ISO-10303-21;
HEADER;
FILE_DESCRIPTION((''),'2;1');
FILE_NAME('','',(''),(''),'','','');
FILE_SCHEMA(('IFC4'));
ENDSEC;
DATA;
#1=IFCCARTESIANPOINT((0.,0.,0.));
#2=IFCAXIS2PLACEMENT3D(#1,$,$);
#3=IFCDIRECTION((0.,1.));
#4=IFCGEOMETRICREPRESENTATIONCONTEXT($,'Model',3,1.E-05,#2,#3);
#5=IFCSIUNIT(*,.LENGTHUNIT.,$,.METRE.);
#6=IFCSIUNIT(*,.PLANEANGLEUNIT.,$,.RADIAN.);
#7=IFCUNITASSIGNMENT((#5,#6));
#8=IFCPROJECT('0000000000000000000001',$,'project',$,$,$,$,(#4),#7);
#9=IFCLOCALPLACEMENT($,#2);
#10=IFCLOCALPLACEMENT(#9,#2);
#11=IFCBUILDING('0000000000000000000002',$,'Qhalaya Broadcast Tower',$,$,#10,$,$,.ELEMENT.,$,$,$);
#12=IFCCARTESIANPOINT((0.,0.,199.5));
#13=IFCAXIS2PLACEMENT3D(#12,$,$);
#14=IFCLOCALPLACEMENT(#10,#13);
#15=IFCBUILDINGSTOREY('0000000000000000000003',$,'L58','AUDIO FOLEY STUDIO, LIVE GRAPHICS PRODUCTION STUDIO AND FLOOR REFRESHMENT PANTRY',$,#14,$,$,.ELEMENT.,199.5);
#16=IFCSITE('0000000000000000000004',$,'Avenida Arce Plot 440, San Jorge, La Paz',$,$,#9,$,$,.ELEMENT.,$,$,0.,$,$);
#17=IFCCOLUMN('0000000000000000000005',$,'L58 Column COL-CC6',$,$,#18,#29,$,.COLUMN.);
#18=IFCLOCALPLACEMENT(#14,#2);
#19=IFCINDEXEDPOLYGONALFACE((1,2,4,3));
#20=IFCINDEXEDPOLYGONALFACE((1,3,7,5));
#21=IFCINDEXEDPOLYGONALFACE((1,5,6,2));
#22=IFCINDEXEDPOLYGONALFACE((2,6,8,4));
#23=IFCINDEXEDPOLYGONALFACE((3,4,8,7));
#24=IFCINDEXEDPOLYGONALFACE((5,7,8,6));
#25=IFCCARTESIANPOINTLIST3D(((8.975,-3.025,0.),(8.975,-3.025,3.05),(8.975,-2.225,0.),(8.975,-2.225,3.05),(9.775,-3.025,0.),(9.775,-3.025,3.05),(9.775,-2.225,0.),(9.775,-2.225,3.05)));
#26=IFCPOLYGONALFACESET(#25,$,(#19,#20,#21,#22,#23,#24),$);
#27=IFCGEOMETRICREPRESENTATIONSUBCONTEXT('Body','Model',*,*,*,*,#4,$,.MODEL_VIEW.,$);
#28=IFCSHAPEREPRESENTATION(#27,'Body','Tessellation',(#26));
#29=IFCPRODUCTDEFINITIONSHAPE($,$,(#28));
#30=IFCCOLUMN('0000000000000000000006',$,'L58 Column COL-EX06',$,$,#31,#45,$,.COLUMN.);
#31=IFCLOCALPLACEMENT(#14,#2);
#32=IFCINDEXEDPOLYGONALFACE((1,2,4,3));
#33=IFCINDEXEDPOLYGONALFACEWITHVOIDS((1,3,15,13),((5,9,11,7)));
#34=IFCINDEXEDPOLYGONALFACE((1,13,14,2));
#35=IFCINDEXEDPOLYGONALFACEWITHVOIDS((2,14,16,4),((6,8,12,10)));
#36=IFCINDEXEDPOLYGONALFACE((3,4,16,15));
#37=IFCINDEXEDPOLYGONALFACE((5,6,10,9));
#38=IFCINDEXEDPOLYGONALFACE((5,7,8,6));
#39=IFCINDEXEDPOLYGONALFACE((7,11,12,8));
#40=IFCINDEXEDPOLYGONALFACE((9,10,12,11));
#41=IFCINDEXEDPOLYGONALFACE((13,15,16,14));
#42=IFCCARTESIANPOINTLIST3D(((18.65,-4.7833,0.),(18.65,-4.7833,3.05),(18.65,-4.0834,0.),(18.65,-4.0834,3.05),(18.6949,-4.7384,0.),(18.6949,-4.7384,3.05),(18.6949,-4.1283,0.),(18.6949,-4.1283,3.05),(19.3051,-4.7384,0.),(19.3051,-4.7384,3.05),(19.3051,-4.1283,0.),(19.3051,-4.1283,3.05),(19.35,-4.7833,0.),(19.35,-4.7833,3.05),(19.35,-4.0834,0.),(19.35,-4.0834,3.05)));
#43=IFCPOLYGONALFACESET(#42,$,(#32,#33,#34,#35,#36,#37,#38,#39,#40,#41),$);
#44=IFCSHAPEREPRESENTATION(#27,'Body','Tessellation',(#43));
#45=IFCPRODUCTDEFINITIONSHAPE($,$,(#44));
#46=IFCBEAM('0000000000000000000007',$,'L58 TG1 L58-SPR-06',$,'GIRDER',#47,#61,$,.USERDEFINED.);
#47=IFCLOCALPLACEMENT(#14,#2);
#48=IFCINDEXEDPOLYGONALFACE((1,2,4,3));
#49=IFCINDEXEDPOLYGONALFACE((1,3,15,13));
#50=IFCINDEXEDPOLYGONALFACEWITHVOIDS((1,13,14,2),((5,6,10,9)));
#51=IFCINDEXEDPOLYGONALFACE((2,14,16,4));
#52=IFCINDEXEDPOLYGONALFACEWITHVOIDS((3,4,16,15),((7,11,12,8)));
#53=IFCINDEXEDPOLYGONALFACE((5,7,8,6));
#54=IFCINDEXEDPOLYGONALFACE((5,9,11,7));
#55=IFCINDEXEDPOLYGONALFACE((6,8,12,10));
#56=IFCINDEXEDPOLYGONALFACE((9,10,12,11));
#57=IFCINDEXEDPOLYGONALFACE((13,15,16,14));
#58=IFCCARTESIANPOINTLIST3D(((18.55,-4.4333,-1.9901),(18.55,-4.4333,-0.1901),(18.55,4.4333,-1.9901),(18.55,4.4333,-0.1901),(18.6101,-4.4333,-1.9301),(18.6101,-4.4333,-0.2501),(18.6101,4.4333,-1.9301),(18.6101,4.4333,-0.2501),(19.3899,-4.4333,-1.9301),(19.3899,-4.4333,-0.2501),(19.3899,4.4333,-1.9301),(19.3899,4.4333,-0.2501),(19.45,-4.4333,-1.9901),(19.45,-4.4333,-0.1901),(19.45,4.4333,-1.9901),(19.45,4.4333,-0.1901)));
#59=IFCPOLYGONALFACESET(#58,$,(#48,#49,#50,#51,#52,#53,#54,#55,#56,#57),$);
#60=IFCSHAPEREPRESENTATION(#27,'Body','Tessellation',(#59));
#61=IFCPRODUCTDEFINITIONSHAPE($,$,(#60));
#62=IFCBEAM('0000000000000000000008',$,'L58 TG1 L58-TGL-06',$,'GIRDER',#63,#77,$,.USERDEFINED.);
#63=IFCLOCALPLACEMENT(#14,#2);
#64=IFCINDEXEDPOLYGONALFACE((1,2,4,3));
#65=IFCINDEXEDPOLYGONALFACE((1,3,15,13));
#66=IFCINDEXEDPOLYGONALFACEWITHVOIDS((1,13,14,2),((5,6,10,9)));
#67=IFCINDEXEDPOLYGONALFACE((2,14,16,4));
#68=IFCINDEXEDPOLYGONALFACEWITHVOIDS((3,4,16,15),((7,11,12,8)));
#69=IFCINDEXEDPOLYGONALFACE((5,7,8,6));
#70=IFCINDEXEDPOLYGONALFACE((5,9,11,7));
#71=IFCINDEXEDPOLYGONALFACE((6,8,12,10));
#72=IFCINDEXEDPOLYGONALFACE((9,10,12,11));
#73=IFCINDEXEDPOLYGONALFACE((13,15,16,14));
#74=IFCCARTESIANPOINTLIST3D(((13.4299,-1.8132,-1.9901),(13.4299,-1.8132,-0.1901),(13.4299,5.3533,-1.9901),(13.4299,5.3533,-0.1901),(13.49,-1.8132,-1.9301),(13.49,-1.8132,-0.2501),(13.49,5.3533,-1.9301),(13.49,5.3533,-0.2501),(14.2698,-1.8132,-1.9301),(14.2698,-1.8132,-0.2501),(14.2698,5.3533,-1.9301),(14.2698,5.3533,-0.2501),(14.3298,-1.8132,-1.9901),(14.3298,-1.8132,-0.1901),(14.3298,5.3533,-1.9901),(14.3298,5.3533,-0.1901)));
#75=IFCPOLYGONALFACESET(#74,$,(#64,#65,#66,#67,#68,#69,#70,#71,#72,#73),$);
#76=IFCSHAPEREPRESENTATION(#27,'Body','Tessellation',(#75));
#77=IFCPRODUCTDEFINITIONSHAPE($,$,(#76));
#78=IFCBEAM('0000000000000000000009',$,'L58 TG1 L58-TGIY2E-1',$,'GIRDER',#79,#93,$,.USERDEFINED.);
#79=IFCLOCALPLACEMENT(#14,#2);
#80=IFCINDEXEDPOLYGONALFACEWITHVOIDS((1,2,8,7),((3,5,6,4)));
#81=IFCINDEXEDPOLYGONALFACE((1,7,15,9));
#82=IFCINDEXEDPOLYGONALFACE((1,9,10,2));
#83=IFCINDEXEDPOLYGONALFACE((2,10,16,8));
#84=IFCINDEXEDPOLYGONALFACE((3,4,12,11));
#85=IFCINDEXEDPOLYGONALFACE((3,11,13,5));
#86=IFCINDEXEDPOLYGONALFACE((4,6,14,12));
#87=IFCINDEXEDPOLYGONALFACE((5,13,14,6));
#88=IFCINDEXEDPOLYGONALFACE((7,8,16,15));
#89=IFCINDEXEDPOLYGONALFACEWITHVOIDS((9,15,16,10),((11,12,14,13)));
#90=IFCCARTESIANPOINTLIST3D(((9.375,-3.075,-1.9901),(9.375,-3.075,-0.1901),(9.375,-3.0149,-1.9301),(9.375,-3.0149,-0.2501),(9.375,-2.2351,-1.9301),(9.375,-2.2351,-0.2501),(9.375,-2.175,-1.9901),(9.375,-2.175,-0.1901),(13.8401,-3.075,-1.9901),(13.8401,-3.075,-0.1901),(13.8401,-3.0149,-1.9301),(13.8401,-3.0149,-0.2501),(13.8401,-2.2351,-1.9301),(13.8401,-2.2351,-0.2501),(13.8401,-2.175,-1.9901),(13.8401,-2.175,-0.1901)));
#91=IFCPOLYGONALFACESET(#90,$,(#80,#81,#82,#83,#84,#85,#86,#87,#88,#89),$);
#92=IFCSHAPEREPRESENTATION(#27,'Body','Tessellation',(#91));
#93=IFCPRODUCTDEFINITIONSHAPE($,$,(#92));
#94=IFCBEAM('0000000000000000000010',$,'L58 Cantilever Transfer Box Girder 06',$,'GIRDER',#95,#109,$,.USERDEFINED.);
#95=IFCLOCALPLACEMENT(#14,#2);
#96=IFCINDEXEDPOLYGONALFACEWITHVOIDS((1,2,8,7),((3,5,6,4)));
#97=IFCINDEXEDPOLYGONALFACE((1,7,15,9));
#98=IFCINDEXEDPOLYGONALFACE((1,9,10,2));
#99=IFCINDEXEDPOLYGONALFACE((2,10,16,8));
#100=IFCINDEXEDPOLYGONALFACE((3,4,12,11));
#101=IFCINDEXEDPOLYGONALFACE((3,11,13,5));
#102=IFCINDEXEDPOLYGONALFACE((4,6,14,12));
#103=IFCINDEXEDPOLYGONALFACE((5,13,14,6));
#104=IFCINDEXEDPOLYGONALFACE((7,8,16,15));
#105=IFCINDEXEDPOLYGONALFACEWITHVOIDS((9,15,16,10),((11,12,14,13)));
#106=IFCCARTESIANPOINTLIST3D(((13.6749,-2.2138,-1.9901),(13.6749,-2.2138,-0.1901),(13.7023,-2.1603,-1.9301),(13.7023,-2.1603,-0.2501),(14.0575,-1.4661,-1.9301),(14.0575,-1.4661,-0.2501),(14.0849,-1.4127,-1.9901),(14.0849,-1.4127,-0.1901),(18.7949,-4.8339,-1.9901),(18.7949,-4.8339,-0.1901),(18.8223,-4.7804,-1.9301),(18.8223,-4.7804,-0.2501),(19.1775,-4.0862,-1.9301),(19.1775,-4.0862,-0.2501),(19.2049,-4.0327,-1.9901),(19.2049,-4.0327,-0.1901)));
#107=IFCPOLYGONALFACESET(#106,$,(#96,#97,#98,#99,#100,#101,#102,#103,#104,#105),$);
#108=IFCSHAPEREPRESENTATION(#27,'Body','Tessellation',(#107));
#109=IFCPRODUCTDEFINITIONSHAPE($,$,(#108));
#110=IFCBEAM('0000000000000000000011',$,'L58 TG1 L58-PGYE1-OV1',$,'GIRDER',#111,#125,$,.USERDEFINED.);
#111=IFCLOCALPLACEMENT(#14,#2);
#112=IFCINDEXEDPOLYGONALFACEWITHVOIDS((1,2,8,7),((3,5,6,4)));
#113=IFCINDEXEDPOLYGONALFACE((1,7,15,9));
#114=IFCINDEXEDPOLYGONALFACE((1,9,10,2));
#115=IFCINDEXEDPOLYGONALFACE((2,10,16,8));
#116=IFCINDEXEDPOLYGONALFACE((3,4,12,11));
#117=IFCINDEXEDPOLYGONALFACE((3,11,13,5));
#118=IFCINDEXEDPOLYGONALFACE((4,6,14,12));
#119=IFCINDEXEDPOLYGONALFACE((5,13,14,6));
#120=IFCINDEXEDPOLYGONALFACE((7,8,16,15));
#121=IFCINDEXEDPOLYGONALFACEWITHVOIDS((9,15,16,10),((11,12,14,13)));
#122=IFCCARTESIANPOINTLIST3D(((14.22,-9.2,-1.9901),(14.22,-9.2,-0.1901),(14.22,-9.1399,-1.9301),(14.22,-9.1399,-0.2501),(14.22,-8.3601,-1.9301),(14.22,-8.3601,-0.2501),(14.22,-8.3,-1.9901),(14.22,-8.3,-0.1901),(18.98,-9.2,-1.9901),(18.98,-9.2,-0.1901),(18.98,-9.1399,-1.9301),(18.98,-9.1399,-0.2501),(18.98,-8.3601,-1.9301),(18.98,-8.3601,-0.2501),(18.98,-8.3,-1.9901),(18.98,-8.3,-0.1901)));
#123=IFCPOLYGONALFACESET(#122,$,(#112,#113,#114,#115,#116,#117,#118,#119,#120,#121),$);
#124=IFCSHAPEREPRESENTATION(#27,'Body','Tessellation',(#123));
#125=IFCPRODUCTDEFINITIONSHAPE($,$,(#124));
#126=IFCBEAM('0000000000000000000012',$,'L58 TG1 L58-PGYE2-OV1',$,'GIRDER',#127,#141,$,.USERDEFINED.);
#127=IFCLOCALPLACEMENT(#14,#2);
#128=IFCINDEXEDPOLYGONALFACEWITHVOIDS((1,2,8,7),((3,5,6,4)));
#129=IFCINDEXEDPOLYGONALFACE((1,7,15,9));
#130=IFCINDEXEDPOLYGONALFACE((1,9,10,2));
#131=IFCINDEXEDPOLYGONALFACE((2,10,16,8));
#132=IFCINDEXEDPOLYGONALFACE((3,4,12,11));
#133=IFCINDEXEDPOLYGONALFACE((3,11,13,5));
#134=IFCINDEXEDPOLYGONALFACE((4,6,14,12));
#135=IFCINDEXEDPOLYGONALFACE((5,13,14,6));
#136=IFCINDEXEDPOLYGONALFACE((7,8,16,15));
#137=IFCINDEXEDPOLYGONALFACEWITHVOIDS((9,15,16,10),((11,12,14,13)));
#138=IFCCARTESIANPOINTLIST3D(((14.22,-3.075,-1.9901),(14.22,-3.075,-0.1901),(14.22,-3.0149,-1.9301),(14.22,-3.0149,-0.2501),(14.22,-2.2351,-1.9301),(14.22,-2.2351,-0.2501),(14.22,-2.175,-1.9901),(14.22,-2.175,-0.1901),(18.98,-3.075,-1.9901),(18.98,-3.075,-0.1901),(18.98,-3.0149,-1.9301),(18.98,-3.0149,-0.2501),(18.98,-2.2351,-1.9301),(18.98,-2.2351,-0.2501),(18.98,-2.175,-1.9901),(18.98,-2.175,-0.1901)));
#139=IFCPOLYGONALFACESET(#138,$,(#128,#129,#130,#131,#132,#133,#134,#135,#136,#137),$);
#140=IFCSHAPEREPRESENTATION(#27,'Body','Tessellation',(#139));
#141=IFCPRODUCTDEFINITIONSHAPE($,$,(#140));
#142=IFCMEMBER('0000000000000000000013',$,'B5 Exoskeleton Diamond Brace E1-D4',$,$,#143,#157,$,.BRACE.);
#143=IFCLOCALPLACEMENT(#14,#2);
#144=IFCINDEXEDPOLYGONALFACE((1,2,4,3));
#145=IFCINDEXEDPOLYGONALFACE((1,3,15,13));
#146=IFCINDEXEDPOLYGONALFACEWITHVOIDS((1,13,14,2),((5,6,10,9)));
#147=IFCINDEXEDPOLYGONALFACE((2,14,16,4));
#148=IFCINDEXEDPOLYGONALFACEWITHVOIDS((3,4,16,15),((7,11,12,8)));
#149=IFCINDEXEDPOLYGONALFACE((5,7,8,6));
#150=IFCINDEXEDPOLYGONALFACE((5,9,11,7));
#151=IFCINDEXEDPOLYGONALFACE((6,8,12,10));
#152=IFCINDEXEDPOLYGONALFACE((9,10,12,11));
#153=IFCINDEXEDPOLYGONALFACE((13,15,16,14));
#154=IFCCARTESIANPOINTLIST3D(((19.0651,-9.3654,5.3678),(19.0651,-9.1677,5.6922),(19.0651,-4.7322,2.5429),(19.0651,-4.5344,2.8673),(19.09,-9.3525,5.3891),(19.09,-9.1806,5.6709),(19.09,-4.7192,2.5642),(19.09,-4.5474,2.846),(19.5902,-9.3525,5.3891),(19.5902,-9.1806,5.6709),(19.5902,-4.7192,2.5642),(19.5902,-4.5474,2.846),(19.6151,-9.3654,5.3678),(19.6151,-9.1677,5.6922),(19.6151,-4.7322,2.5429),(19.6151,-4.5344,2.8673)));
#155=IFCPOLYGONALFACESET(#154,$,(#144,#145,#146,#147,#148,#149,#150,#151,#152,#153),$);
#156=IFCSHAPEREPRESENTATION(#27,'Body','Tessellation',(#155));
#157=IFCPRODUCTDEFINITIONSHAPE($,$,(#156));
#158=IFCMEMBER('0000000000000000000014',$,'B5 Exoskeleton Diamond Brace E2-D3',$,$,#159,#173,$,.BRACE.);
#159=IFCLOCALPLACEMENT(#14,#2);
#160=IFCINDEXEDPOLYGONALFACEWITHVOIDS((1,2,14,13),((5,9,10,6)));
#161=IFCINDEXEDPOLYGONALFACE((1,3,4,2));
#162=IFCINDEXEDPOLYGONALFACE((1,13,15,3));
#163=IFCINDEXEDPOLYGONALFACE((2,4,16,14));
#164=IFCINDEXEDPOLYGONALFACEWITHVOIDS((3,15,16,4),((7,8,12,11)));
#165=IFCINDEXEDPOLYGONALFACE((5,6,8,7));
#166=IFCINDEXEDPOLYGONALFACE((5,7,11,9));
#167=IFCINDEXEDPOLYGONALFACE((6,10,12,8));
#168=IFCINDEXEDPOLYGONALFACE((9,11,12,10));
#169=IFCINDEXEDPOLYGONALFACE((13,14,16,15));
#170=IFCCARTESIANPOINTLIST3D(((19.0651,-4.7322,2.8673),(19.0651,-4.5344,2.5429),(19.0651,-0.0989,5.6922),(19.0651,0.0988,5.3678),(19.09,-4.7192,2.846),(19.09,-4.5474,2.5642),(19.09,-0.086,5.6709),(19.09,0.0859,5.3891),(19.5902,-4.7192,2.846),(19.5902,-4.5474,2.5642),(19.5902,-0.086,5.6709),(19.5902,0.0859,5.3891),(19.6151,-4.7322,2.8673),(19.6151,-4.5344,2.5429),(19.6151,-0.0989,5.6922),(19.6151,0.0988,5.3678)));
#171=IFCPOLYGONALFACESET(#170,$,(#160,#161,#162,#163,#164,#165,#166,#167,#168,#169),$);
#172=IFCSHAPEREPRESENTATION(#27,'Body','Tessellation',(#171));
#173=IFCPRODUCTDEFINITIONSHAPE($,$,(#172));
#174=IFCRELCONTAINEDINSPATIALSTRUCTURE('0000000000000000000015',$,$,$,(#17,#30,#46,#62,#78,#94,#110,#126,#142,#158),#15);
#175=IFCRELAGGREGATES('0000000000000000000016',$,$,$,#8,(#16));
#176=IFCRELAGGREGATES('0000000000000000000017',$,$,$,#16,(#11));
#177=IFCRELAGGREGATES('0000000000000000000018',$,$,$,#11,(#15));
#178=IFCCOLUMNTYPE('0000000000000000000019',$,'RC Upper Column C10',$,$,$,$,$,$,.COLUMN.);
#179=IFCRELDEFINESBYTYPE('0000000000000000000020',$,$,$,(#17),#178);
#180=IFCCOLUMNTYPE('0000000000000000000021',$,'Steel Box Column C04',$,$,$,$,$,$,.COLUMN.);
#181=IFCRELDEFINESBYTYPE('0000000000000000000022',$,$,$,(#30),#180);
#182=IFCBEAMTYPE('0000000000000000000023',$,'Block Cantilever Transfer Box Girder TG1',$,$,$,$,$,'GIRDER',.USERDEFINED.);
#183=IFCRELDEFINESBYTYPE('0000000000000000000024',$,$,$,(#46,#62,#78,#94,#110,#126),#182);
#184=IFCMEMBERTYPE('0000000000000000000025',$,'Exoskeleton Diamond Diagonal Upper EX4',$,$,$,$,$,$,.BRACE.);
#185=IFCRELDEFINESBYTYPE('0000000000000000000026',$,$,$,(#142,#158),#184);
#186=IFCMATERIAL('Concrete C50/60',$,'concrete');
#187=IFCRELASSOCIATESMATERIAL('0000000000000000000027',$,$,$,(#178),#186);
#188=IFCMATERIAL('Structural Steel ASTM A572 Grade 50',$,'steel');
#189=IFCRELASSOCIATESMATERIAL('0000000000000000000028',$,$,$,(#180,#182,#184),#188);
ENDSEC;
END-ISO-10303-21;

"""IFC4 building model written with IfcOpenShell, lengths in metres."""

from ifc_helpers import new_model, si_unit, direction, frame, origin, origin_2d, place, context, subcontext, project, spatial, rectangle, hollow_rectangle, extrude, material, material_profile, profile_set, type_object, element, save


model = new_model("IFC4")

# Units and contexts
model_context = context("Model", 3, precision=1e-05, world=origin(), true_north=direction((0.0, 1.0)))
body_context = subcontext(model_context, "Body", "Model", "MODEL_VIEW")
ifc_project = project(units=[si_unit("LENGTHUNIT", "METRE"), si_unit("PLANEANGLEUNIT", "RADIAN")], contexts=[model_context])

# Site, building, storey
site_placement = place(None, origin())
site = spatial("IfcSite", under=ifc_project, at=site_placement, Name="Avenida Arce Plot 440, San Jorge, La Paz", CompositionType="ELEMENT", RefElevation=0.0)
building_placement = place(site_placement, origin())
building = spatial("IfcBuilding", under=site, at=building_placement, Name="Qhalaya Broadcast Tower", CompositionType="ELEMENT")
storey_placement = place(building_placement, frame((0.0, 0.0, 199.5)))
storey = spatial("IfcBuildingStorey", under=building, at=storey_placement, Name="L58", Description="AUDIO FOLEY STUDIO, LIVE GRAPHICS PRODUCTION STUDIO AND FLOOR REFRESHMENT PANTRY", CompositionType="ELEMENT", Elevation=199.5)

# Columns
ifc_material_1 = material(Name="Concrete C50/60", Category="concrete")
ifc_material_profile_1 = material_profile(ifc_material_1, rectangle(XDim=0.8, YDim=0.8, at=origin_2d()), Name="RC-COL 800x800")
ifc_profile_set_1 = profile_set([ifc_material_profile_1], Name="Concrete C50/60")
column_type_1 = type_object("IfcColumnType", Name="RC Upper Column C10", PredefinedType="COLUMN", material=ifc_profile_set_1)
column_1_placement = place(storey_placement, frame((9.375, -2.625, 0.0), z_axis=(0.0, 0.0, 1.0), x_axis=(1.0, 0.0, 0.0)))
element("IfcColumn", 1, at=column_1_placement, inside=storey, type_object=column_type_1, Name="L58 Column COL-CC6", PredefinedType="COLUMN", context=body_context, shape_type="SweptSolid", body=[
    extrude(rectangle(XDim=0.8, YDim=0.8, at=origin_2d()), origin(), (0.0, 0.0, 1.0), 3.05),
])
ifc_material_2 = material(Name="Structural Steel ASTM A572 Grade 50", Category="steel")
ifc_material_profile_2 = material_profile(ifc_material_2, hollow_rectangle(XDim=0.7, YDim=0.7, WallThickness=0.0449, at=origin_2d()), Name="BOX 700x700x45")
ifc_profile_set_2 = profile_set([ifc_material_profile_2], Name="Structural Steel ASTM A572 Grade 50")
column_type_2 = type_object("IfcColumnType", Name="Steel Box Column C04", PredefinedType="COLUMN", material=ifc_profile_set_2)
column_2_placement = place(storey_placement, frame((19.0, -4.4333, 0.0), z_axis=(0.0, 0.0, 1.0), x_axis=(0.0, 1.0, 0.0)))
element("IfcColumn", 2, at=column_2_placement, inside=storey, type_object=column_type_2, Name="L58 Column COL-EX06", PredefinedType="COLUMN", context=body_context, shape_type="SweptSolid", body=[
    extrude(hollow_rectangle(XDim=0.7, YDim=0.7, WallThickness=0.0449, at=origin_2d()), origin(), (0.0, 0.0, 1.0), 3.05),
])

# Beams
ifc_material_profile_3 = material_profile(ifc_material_2, hollow_rectangle(XDim=0.8999, YDim=1.8, WallThickness=0.0601, at=origin_2d()), Name="BOX 900x1800x60")
ifc_profile_set_3 = profile_set([ifc_material_profile_3], Name="Structural Steel ASTM A572 Grade 50")
beam_type_1 = type_object("IfcBeamType", Name="Block Cantilever Transfer Box Girder TG1", ElementType="GIRDER", PredefinedType="USERDEFINED", material=ifc_profile_set_3)
beam_1_placement = place(storey_placement, frame((19.0, -4.4333, -1.0901), z_axis=(0.0, 1.0, 0.0), x_axis=(-1.0, 0.0, 0.0)))
element("IfcBeam", 3, at=beam_1_placement, inside=storey, type_object=beam_type_1, Name="L58 TG1 L58-SPR-06", ObjectType="GIRDER", PredefinedType="USERDEFINED", context=body_context, shape_type="SweptSolid", body=[
    extrude(hollow_rectangle(XDim=0.8999, YDim=1.8, WallThickness=0.0601, at=origin_2d()), origin(), (0.0, 0.0, 1.0), 8.8667),
])
beam_2_placement = place(storey_placement, frame((13.8799, -1.8132, -1.0901), z_axis=(0.0, 1.0, 0.0), x_axis=(-1.0, 0.0, 0.0)))
element("IfcBeam", 4, at=beam_2_placement, inside=storey, type_object=beam_type_1, Name="L58 TG1 L58-TGL-06", ObjectType="GIRDER", PredefinedType="USERDEFINED", context=body_context, shape_type="SweptSolid", body=[
    extrude(hollow_rectangle(XDim=0.8999, YDim=1.8, WallThickness=0.0601, at=origin_2d()), origin(), (0.0, 0.0, 1.0), 7.1665),
])
beam_3_placement = place(storey_placement, frame((9.375, -2.625, -1.0901), z_axis=(1.0, 0.0, 0.0), x_axis=(0.0, 1.0, 0.0)))
element("IfcBeam", 5, at=beam_3_placement, inside=storey, type_object=beam_type_1, Name="L58 TG1 L58-TGIY2E-1", ObjectType="GIRDER", PredefinedType="USERDEFINED", context=body_context, shape_type="SweptSolid", body=[
    extrude(hollow_rectangle(XDim=0.8999, YDim=1.8, WallThickness=0.0601, at=origin_2d()), origin(), (0.0, 0.0, 1.0), 4.4651),
])
beam_4_placement = place(storey_placement, frame((13.8799, -1.8132, -1.0901), z_axis=(0.890211, -0.455548, 0.0), x_axis=(0.455548, 0.890211, 0.0)))
element("IfcBeam", 6, at=beam_4_placement, inside=storey, type_object=beam_type_1, Name="L58 Cantilever Transfer Box Girder 06", ObjectType="GIRDER", PredefinedType="USERDEFINED", context=body_context, shape_type="SweptSolid", body=[
    extrude(hollow_rectangle(XDim=0.8999, YDim=1.8, WallThickness=0.0601, at=origin_2d()), origin(), (0.0, 0.0, 1.0), 5.7515),
])
for number, where, z_axis, x_axis, name in (
    (7, (14.22, -8.75, -1.0901), (1.0, 0.0, 0.0), (0.0, 1.0, 0.0), "L58 TG1 L58-PGYE1-OV1"),
    (8, (14.22, -2.625, -1.0901), (1.0, 0.0, 0.0), (0.0, 1.0, 0.0), "L58 TG1 L58-PGYE2-OV1"),
):
    element("IfcBeam", number, at=place(storey_placement, frame(where, z_axis=z_axis, x_axis=x_axis)), inside=storey, type_object=beam_type_1, Name=name, ObjectType="GIRDER", PredefinedType="USERDEFINED", context=body_context, shape_type="SweptSolid", body=[
        extrude(hollow_rectangle(XDim=0.8999, YDim=1.8, WallThickness=0.0601, at=origin_2d()), origin(), (0.0, 0.0, 1.0), 4.76),
    ])

# Members
ifc_material_profile_4 = material_profile(ifc_material_2, hollow_rectangle(XDim=0.3799, YDim=0.55, WallThickness=0.0249, at=origin_2d()), Name="BOX 380x550x25")
ifc_profile_set_4 = profile_set([ifc_material_profile_4], Name="Structural Steel ASTM A572 Grade 50")
member_type = type_object("IfcMemberType", Name="Exoskeleton Diamond Diagonal Upper EX4", PredefinedType="BRACE", material=ifc_profile_set_4)
for number, where, z_axis, x_axis, name in (
    (9, (19.3401, -4.6333, 2.7051), (0.0, -0.853815, 0.520576), (0.0, 0.520576, 0.853815), "B5 Exoskeleton Diamond Brace E1-D4"),
    (10, (19.3401, -4.6333, 2.7051), (0.0, 0.853815, 0.520576), (0.0, -0.520576, 0.853815), "B5 Exoskeleton Diamond Brace E2-D3"),
):
    element("IfcMember", number, at=place(storey_placement, frame(where, z_axis=z_axis, x_axis=x_axis)), inside=storey, type_object=member_type, Name=name, PredefinedType="BRACE", context=body_context, shape_type="SweptSolid", body=[
        extrude(hollow_rectangle(XDim=0.3799, YDim=0.55, WallThickness=0.0249, at=origin_2d()), origin(), (0.0, 0.0, 1.0), 5.4265),
    ])

save(model, "model.ifc")
